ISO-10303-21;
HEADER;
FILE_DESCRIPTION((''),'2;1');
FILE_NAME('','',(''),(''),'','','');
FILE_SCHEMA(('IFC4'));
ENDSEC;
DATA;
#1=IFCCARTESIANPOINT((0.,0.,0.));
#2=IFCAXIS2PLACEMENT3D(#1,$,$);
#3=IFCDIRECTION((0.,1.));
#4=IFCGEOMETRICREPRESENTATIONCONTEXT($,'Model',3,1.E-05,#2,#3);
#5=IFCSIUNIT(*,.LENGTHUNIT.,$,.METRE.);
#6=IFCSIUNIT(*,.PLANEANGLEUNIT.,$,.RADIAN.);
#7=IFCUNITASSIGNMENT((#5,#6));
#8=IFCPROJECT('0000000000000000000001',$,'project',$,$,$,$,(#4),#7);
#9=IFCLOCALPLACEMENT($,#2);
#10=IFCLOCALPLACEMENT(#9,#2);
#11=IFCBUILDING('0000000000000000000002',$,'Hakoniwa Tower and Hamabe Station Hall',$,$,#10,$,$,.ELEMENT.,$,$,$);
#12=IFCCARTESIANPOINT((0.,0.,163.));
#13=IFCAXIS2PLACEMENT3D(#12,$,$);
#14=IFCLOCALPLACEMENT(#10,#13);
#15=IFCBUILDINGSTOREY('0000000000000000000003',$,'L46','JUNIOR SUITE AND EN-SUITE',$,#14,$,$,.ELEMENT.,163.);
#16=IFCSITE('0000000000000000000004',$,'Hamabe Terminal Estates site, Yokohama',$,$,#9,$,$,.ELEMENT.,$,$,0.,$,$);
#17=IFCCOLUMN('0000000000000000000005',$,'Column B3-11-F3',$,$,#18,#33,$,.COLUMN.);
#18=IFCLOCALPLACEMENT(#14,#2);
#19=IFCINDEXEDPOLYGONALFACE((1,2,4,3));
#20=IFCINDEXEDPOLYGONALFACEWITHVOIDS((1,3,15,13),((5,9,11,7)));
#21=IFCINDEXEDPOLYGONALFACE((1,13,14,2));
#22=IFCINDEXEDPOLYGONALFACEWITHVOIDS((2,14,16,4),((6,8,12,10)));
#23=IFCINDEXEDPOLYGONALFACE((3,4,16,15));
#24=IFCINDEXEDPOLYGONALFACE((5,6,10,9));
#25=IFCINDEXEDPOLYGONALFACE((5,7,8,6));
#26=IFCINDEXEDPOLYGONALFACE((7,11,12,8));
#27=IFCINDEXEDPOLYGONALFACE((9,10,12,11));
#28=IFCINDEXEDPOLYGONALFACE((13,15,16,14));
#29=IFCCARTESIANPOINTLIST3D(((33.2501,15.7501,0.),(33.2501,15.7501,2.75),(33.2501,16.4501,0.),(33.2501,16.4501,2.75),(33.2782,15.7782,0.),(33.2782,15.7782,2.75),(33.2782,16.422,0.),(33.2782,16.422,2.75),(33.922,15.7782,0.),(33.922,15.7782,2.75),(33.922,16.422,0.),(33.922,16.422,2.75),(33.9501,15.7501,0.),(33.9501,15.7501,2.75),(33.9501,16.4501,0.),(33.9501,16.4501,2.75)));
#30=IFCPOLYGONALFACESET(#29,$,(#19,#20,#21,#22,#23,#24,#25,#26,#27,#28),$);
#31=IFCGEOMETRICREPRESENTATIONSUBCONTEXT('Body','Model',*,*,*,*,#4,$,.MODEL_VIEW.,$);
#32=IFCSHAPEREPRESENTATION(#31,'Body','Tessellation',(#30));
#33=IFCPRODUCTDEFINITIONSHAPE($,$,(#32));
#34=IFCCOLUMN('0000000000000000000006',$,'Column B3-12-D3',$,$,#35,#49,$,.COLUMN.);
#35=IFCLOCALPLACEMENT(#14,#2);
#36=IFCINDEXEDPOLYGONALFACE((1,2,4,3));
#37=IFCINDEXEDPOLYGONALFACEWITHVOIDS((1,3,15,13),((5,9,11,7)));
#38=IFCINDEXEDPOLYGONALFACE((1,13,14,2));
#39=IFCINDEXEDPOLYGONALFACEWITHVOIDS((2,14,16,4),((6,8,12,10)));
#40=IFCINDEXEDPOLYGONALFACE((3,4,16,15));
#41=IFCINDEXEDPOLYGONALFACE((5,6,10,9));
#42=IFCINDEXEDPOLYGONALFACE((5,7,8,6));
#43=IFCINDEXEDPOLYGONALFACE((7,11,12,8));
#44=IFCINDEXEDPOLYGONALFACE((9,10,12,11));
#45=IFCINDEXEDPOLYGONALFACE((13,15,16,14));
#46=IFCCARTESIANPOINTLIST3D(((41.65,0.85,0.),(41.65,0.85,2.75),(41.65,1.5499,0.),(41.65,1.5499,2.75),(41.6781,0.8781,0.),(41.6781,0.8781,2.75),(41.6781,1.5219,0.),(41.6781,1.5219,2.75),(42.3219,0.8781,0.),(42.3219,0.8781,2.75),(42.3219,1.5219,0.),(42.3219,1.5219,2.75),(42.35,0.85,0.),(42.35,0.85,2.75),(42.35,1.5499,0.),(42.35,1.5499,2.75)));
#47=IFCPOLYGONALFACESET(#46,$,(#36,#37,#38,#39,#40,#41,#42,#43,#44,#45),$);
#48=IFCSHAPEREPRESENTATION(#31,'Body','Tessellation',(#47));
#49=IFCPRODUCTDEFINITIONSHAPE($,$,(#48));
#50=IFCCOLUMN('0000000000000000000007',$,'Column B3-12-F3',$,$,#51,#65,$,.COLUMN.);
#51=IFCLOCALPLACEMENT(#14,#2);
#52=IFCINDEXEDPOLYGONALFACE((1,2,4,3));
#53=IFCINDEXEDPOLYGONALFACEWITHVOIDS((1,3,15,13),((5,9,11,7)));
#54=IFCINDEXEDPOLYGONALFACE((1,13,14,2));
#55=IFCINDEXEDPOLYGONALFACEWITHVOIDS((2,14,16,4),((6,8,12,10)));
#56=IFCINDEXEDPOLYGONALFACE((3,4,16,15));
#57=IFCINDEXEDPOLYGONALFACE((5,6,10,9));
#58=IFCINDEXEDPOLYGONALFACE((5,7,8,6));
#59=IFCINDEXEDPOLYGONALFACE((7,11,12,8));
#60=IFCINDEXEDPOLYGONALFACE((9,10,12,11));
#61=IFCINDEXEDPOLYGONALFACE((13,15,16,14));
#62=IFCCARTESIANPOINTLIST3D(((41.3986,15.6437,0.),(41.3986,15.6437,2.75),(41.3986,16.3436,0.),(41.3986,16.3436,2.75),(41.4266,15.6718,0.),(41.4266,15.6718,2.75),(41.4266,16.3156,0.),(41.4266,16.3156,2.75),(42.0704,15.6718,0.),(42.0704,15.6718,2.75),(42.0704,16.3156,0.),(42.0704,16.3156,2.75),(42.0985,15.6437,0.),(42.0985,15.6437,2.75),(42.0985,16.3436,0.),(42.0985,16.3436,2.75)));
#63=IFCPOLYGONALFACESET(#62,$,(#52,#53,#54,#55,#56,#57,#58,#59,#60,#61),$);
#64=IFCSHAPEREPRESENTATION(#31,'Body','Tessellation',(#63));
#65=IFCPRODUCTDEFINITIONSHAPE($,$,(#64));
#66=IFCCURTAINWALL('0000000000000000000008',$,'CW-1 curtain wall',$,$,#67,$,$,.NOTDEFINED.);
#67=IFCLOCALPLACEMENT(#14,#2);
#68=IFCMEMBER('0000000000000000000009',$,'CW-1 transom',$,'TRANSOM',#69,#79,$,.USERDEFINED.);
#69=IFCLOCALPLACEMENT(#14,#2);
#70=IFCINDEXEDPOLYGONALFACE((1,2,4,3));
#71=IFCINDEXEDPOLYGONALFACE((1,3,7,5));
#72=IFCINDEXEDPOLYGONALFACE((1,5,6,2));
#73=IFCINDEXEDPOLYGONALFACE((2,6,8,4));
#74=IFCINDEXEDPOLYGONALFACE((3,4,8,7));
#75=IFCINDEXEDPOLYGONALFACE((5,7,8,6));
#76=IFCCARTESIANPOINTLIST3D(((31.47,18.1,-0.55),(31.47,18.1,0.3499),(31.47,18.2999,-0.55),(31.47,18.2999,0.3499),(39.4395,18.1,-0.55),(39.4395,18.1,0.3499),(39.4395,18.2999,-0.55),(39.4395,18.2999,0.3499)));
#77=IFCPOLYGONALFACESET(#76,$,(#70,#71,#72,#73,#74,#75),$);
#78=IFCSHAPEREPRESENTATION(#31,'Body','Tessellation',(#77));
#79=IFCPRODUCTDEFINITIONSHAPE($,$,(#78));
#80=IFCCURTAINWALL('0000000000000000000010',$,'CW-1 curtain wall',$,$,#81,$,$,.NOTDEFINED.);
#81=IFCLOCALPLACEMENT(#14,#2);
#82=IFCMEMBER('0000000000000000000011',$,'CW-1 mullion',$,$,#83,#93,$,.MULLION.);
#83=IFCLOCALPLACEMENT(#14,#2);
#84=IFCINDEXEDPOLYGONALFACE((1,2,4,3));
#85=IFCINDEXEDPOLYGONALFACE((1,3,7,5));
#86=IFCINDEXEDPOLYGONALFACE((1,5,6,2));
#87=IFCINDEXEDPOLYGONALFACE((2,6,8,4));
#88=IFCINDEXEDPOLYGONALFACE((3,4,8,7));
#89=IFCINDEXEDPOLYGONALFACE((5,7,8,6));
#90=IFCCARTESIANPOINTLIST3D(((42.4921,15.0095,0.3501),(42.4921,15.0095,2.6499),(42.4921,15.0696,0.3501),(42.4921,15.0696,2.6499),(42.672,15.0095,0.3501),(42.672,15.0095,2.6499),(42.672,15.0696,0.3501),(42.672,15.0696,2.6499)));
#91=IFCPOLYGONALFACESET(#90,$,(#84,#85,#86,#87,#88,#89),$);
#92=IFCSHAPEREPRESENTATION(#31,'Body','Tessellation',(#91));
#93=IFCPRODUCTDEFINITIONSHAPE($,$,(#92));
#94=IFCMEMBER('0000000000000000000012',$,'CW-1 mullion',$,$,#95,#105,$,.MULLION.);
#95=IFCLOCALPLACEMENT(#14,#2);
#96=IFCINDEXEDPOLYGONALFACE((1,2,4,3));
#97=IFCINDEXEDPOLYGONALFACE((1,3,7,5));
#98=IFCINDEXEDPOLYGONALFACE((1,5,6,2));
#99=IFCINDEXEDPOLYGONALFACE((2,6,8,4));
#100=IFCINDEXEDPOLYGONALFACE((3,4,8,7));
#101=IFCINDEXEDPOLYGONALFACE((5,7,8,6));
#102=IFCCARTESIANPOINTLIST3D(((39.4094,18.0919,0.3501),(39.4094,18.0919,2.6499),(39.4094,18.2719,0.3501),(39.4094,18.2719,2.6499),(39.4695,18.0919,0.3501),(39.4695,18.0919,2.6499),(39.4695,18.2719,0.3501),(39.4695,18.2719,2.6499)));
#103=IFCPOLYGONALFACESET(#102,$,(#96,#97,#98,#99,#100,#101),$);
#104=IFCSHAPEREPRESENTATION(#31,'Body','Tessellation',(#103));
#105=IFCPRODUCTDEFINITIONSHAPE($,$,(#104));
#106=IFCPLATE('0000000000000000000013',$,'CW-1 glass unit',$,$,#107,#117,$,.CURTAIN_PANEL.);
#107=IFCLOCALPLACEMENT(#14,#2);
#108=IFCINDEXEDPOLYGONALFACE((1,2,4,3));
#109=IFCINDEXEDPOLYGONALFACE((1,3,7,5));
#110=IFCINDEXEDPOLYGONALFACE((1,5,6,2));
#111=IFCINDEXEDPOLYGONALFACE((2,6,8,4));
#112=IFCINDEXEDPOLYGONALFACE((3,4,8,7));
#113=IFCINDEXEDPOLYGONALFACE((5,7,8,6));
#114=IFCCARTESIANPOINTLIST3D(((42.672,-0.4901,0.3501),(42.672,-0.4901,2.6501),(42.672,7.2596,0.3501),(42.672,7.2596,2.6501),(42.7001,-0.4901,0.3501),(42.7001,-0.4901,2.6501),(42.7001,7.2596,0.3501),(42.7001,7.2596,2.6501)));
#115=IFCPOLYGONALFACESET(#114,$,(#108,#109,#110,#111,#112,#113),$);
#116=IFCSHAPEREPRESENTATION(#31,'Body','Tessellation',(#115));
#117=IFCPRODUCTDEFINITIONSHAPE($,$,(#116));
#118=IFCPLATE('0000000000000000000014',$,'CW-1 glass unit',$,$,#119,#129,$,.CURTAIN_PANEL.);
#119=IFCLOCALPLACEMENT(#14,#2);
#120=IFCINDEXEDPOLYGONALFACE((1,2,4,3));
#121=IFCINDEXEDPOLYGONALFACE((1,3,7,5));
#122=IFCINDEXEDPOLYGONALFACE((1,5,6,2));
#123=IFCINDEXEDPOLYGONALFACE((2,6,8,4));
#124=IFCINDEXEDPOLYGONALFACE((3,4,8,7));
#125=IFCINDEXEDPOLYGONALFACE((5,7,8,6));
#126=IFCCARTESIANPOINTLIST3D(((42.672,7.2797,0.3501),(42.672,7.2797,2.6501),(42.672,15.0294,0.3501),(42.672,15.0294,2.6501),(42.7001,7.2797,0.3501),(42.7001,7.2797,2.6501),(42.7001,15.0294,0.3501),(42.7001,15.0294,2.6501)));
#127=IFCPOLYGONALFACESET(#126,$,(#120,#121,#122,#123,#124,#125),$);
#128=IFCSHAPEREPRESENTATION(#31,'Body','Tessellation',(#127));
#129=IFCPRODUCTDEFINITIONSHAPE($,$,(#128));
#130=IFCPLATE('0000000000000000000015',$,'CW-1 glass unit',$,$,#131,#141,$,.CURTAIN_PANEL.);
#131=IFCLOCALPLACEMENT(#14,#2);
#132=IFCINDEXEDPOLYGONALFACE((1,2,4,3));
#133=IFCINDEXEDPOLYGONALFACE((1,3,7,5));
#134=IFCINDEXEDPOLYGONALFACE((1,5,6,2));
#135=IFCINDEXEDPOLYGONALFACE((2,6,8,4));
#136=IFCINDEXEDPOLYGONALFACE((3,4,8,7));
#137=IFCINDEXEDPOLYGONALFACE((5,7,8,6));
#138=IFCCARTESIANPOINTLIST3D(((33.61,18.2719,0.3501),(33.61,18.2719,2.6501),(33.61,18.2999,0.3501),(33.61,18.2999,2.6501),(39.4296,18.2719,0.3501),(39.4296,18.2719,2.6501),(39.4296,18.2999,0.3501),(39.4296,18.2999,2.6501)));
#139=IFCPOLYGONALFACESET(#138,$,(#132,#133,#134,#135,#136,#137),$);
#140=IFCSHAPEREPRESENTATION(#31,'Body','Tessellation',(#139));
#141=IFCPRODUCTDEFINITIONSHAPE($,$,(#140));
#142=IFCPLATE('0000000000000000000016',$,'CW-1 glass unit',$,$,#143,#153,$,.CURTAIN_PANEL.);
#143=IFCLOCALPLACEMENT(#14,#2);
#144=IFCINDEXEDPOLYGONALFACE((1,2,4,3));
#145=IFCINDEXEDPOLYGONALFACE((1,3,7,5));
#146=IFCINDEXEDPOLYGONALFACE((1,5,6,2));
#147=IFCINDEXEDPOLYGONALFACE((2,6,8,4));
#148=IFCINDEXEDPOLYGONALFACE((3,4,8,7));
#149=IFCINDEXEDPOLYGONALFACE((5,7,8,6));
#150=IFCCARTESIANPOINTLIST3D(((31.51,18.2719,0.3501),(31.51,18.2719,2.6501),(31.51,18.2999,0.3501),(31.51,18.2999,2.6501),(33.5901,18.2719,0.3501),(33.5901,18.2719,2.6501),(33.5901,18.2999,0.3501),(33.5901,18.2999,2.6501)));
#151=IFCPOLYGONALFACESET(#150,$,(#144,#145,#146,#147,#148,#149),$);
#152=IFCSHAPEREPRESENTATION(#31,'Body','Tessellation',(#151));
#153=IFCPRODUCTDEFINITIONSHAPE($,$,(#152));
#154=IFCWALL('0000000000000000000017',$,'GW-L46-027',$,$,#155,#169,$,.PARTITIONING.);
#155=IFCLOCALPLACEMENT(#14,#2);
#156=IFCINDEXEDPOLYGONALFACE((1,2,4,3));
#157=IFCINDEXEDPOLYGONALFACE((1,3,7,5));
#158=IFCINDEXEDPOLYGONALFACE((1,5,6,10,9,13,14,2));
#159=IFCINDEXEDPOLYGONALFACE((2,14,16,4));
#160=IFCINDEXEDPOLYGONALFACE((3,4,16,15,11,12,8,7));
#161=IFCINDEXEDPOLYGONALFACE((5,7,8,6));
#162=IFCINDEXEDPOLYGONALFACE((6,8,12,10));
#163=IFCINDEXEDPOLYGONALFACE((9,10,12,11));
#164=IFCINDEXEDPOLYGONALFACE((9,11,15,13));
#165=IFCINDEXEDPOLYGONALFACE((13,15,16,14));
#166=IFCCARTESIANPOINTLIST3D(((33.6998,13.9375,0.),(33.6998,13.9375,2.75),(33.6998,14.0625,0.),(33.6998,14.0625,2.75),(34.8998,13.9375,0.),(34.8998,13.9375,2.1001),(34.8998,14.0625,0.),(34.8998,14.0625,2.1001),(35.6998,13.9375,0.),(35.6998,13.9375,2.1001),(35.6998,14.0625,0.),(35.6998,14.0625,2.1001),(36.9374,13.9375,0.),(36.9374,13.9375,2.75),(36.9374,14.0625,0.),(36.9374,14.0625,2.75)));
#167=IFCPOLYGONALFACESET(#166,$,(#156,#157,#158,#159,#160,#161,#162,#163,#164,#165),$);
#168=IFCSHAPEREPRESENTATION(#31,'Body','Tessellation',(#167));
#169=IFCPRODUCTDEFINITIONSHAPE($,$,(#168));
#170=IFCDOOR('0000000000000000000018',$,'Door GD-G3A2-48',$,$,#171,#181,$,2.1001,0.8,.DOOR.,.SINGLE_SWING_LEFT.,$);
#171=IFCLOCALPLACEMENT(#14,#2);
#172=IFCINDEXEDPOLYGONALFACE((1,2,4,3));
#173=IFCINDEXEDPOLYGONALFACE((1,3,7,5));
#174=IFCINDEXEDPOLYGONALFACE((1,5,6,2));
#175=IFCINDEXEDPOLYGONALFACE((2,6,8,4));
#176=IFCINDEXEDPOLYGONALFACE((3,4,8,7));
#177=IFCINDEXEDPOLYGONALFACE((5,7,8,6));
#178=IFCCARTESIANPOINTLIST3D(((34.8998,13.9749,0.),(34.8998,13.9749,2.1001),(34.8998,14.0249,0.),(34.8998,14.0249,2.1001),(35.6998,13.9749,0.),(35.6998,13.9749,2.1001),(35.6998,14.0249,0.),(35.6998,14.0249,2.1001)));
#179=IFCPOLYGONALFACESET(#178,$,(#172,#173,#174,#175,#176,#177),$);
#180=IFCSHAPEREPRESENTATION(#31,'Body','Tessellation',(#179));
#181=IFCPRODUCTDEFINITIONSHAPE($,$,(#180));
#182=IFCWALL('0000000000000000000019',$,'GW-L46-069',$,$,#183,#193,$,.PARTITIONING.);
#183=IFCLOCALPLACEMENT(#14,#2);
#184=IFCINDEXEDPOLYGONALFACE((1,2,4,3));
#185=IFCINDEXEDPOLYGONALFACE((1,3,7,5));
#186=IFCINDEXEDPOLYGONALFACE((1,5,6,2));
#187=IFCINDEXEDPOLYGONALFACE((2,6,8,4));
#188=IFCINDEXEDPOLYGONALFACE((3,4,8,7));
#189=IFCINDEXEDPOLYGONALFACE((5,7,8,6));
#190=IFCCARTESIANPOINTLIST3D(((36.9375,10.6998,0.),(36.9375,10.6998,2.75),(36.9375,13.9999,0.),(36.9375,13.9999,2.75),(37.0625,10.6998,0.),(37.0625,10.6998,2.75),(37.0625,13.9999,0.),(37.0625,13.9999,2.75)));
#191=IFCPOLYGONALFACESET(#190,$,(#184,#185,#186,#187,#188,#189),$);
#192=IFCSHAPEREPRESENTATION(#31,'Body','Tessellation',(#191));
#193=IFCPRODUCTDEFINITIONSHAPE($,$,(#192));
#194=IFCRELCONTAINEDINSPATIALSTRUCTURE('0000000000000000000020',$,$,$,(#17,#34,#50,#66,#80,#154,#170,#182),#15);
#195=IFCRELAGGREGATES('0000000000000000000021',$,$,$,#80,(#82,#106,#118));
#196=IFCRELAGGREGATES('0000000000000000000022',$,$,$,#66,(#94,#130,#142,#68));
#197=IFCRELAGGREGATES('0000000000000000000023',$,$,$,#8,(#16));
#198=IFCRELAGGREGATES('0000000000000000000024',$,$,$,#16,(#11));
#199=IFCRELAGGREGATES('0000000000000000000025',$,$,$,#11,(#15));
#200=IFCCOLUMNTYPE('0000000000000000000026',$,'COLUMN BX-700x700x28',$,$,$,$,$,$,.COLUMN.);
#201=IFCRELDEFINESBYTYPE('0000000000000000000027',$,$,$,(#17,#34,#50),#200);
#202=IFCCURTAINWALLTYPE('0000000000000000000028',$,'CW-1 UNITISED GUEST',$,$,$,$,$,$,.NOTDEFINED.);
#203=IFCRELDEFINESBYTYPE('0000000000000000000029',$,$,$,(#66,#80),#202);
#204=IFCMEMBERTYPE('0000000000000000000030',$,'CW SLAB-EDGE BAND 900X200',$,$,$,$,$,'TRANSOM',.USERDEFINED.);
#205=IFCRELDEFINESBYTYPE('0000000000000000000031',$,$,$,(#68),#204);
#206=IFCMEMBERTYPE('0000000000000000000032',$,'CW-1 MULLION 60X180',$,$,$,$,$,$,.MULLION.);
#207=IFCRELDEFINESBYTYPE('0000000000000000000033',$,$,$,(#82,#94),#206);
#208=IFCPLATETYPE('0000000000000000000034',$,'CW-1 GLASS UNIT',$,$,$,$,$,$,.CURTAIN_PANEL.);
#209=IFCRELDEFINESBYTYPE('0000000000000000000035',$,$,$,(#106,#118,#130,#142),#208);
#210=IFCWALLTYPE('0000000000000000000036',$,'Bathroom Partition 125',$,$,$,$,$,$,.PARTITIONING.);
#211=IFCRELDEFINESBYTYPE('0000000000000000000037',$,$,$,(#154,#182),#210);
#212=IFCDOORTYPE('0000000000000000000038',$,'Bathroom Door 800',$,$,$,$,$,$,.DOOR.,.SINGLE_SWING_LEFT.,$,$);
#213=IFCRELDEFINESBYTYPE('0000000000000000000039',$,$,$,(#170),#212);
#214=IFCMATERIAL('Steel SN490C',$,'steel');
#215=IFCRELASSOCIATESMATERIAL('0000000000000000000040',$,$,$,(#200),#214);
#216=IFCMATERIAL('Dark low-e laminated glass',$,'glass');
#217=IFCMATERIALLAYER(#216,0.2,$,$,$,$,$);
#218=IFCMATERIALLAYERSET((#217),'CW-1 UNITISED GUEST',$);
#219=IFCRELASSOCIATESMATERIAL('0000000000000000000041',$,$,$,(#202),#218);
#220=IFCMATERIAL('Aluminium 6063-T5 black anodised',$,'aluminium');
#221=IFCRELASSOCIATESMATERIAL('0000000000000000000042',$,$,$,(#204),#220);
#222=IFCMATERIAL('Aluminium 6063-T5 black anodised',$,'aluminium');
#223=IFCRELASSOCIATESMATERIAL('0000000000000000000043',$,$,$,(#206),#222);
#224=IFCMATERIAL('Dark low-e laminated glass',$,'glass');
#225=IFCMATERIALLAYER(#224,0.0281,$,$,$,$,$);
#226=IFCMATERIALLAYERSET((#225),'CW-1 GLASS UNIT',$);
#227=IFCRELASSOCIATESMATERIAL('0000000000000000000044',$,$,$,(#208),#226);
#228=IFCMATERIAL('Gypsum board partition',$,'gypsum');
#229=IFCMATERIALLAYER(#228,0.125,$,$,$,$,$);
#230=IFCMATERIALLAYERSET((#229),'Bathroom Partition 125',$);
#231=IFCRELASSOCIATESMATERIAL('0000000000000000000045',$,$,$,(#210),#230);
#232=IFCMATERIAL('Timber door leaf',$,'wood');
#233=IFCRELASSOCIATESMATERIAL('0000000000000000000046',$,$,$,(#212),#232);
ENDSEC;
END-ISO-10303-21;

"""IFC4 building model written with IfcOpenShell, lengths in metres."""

from ifc_helpers import new_model, si_unit, direction, frame, frame_2d, origin, origin_2d, place, context, subcontext, project, spatial, rectangle, hollow_rectangle, extrude, material, layer, layer_set, material_profile, profile_set, type_object, element, fill, aggregate, save


model = new_model("IFC4")

# Units and contexts
model_context = context("Model", 3, precision=1e-05, world=origin(), true_north=direction((0.0, 1.0)))
body_context = subcontext(model_context, "Body", "Model", "MODEL_VIEW")
ifc_project = project(units=[si_unit("LENGTHUNIT", "METRE"), si_unit("PLANEANGLEUNIT", "RADIAN")], contexts=[model_context])

# Site, building, storey
site_placement = place(None, origin())
site = spatial("IfcSite", under=ifc_project, at=site_placement, Name="Hamabe Terminal Estates site, Yokohama", CompositionType="ELEMENT", RefElevation=0.0)
building_placement = place(site_placement, origin())
building = spatial("IfcBuilding", under=site, at=building_placement, Name="Hakoniwa Tower and Hamabe Station Hall", CompositionType="ELEMENT")
storey_placement = place(building_placement, frame((0.0, 0.0, 163.0)))
storey = spatial("IfcBuildingStorey", under=building, at=storey_placement, Name="L46", Description="JUNIOR SUITE AND EN-SUITE", CompositionType="ELEMENT", Elevation=163.0)

# Columns
ifc_material_1 = material(Name="Steel SN490C", Category="steel")
ifc_material_profile_1 = material_profile(ifc_material_1, hollow_rectangle(XDim=0.7, YDim=0.7, WallThickness=0.0281, at=origin_2d()), Name="BX-700x700x28")
ifc_profile_set_1 = profile_set([ifc_material_profile_1], Name="Steel SN490C")
column_type = type_object("IfcColumnType", Name="COLUMN BX-700x700x28", PredefinedType="COLUMN", material=ifc_profile_set_1)
for number, where, z_axis, x_axis, name in (
    (1, (33.6001, 16.1001, 0.0), (0.0, 0.0, 1.0), (1.0, 0.0, 0.0), "Column B3-11-F3"),
    (2, (42.0, 1.2, 0.0), (0.0, 0.0, 1.0), (1.0, 0.0, 0.0), "Column B3-12-D3"),
    (3, (41.7485, 15.9937, 0.0), (0.0, 0.0, 1.0), (1.0, 0.0, 0.0), "Column B3-12-F3"),
):
    element("IfcColumn", number, at=place(storey_placement, frame(where, z_axis=z_axis, x_axis=x_axis)), inside=storey, type_object=column_type, Name=name, PredefinedType="COLUMN", context=body_context, shape_type="SweptSolid", body=[
        extrude(hollow_rectangle(XDim=0.7, YDim=0.7, WallThickness=0.0281, at=origin_2d()), origin(), (0.0, 0.0, 1.0), 2.75),
    ])

# Curtain walls, members
ifc_material_2 = material(Name="Dark low-e laminated glass", Category="glass")
ifc_layer_1 = layer(ifc_material_2, 0.2)
ifc_layer_set_1 = layer_set([ifc_layer_1], Name="CW-1 UNITISED GUEST")
curtain_wall_type = type_object("IfcCurtainWallType", Name="CW-1 UNITISED GUEST", PredefinedType="NOTDEFINED", material=ifc_layer_set_1)
curtain_wall_1_placement = place(storey_placement, origin())
curtain_wall_1 = element("IfcCurtainWall", 4, at=curtain_wall_1_placement, inside=storey, type_object=curtain_wall_type, Name="CW-1 curtain wall", PredefinedType="NOTDEFINED")
ifc_material_3 = material(Name="Aluminium 6063-T5 black anodised", Category="aluminium")
ifc_material_profile_2 = material_profile(ifc_material_3, rectangle(XDim=0.2, YDim=0.8999, at=origin_2d()), Name="CW SLAB-EDGE BAND 900X200")
ifc_profile_set_2 = profile_set([ifc_material_profile_2], Name="Aluminium 6063-T5 black anodised")
member_type_1 = type_object("IfcMemberType", Name="CW SLAB-EDGE BAND 900X200", ElementType="TRANSOM", PredefinedType="USERDEFINED", material=ifc_profile_set_2)
member_1_placement = place(storey_placement, frame((39.4395, 18.2, -0.1001), z_axis=(-1.0, 0.0, 0.0), x_axis=(0.0, -1.0, 0.0)))
member_1 = element("IfcMember", 5, at=member_1_placement, type_object=member_type_1, Name="CW-1 transom", ObjectType="TRANSOM", PredefinedType="USERDEFINED", context=body_context, shape_type="SweptSolid", body=[
    extrude(rectangle(XDim=0.2, YDim=0.8999, at=origin_2d()), origin(), (0.0, 0.0, 1.0), 7.9695),
])
curtain_wall_2_placement = place(storey_placement, origin())
curtain_wall_2 = element("IfcCurtainWall", 6, at=curtain_wall_2_placement, inside=storey, type_object=curtain_wall_type, Name="CW-1 curtain wall", PredefinedType="NOTDEFINED")
ifc_material_4 = material(Name="Aluminium 6063-T5 black anodised", Category="aluminium")
ifc_material_profile_3 = material_profile(ifc_material_4, rectangle(XDim=0.0601, YDim=0.1799, at=origin_2d()), Name="CW-1 MULLION 60X180")
ifc_profile_set_3 = profile_set([ifc_material_profile_3], Name="Aluminium 6063-T5 black anodised")
member_type_2 = type_object("IfcMemberType", Name="CW-1 MULLION 60X180", PredefinedType="MULLION", material=ifc_profile_set_3)
member_2_placement = place(storey_placement, frame((42.582, 15.0396, 0.3501), z_axis=(0.0, 0.0, 1.0), x_axis=(0.0, 1.0, 0.0)))
member_2 = element("IfcMember", 7, at=member_2_placement, type_object=member_type_2, Name="CW-1 mullion", PredefinedType="MULLION", context=body_context, shape_type="SweptSolid", body=[
    extrude(rectangle(XDim=0.0601, YDim=0.1799, at=origin_2d()), origin(), (0.0, 0.0, 1.0), 2.2998),
])

# Member
member_3_placement = place(storey_placement, frame((39.4395, 18.1819, 0.3501), z_axis=(0.0, 0.0, 1.0), x_axis=(-1.0, 0.0, 0.0)))
member_3 = element("IfcMember", 8, at=member_3_placement, type_object=member_type_2, Name="CW-1 mullion", PredefinedType="MULLION", context=body_context, shape_type="SweptSolid", body=[
    extrude(rectangle(XDim=0.0601, YDim=0.1799, at=origin_2d()), origin(), (0.0, 0.0, 1.0), 2.2998),
])

# Plates
ifc_material_5 = material(Name="Dark low-e laminated glass", Category="glass")
ifc_layer_2 = layer(ifc_material_5, 0.0281)
ifc_layer_set_2 = layer_set([ifc_layer_2], Name="CW-1 GLASS UNIT")
plate_type = type_object("IfcPlateType", Name="CW-1 GLASS UNIT", PredefinedType="CURTAIN_PANEL", material=ifc_layer_set_2)
plate_1_placement = place(storey_placement, frame((42.686, 3.3848, 0.3501), z_axis=(0.0, 0.0, 1.0), x_axis=(0.0, 1.0, 0.0)))
plate_1 = element("IfcPlate", 9, at=plate_1_placement, type_object=plate_type, Name="CW-1 glass unit", PredefinedType="CURTAIN_PANEL", context=body_context, shape_type="SweptSolid", body=[
    extrude(rectangle(XDim=7.7498, YDim=0.0281, at=origin_2d()), origin(), (0.0, 0.0, 1.0), 2.3),
])
plate_2_placement = place(storey_placement, frame((42.686, 11.1545, 0.3501), z_axis=(0.0, 0.0, 1.0), x_axis=(0.0, 1.0, 0.0)))
plate_2 = element("IfcPlate", 10, at=plate_2_placement, type_object=plate_type, Name="CW-1 glass unit", PredefinedType="CURTAIN_PANEL", context=body_context, shape_type="SweptSolid", body=[
    extrude(rectangle(XDim=7.7498, YDim=0.0281, at=origin_2d()), origin(), (0.0, 0.0, 1.0), 2.3),
])
aggregate(curtain_wall_2, [member_2, plate_1, plate_2])
plate_3_placement = place(storey_placement, frame((36.5198, 18.2859, 0.3501), z_axis=(0.0, 0.0, 1.0), x_axis=(-1.0, 0.0, 0.0)))
plate_3 = element("IfcPlate", 11, at=plate_3_placement, type_object=plate_type, Name="CW-1 glass unit", PredefinedType="CURTAIN_PANEL", context=body_context, shape_type="SweptSolid", body=[
    extrude(rectangle(XDim=5.8196, YDim=0.0281, at=origin_2d()), origin(), (0.0, 0.0, 1.0), 2.3),
])
plate_4_placement = place(storey_placement, frame((32.55, 18.2859, 0.3501), z_axis=(0.0, 0.0, 1.0), x_axis=(-1.0, 0.0, 0.0)))
plate_4 = element("IfcPlate", 12, at=plate_4_placement, type_object=plate_type, Name="CW-1 glass unit", PredefinedType="CURTAIN_PANEL", context=body_context, shape_type="SweptSolid", body=[
    extrude(rectangle(XDim=2.0801, YDim=0.0281, at=origin_2d()), origin(), (0.0, 0.0, 1.0), 2.3),
])

# Wall, opening, door
ifc_material_6 = material(Name="Gypsum board partition", Category="gypsum")
ifc_layer_3 = layer(ifc_material_6, 0.125)
ifc_layer_set_3 = layer_set([ifc_layer_3], Name="Bathroom Partition 125")
wall_type_1 = type_object("IfcWallType", Name="Bathroom Partition 125", PredefinedType="PARTITIONING", material=ifc_layer_set_3)
wall_1_placement = place(storey_placement, frame((33.7, 14.0, 0.0), z_axis=(0.0, 0.0, 1.0), x_axis=(1.0, 0.0, 0.0)))
wall_1 = element("IfcWall", 13, at=wall_1_placement, inside=storey, type_object=wall_type_1, Name="GW-L46-027", PredefinedType="PARTITIONING", context=body_context, shape_type="SweptSolid", body=[
    extrude(rectangle(XDim=3.2375, YDim=0.125, at=frame_2d((1.6187, 0.0))), origin(), (0.0, 0.0, 1.0), 2.75),
])
opening_1_placement = place(wall_1_placement, frame((1.2, 0.0, 0.0)))
opening_1 = element("IfcOpeningElement", 14, at=opening_1_placement, cuts=wall_1, PredefinedType="OPENING", context=body_context, shape_type="SweptSolid", body=[
    extrude(rectangle(XDim=0.8, YDim=2.1001, at=frame_2d((0.3999, 1.05))), frame((0.0, 0.0725, 0.0), z_axis=(0.0, -1.0, 0.0), x_axis=(1.0, 0.0, 0.0)), (0.0, 0.0, 1.0), 0.145),
])
ifc_material_7 = material(Name="Timber door leaf", Category="wood")
door_type_1 = type_object("IfcDoorType", Name="Bathroom Door 800", OperationType="SINGLE_SWING_LEFT", PredefinedType="DOOR", material=ifc_material_7)
door_1_placement = place(opening_1_placement, origin())
door_1 = element("IfcDoor", 15, at=door_1_placement, inside=storey, type_object=door_type_1, Name="Door GD-G3A2-48", OperationType="SINGLE_SWING_LEFT", OverallHeight=2.1001, OverallWidth=0.8, PredefinedType="DOOR", context=body_context, shape_type="SweptSolid", body=[
    extrude(rectangle(XDim=0.8, YDim=2.1001, at=frame_2d((0.3999, 1.05))), frame((0.0, 0.0249, 0.0), z_axis=(0.0, -1.0, 0.0), x_axis=(1.0, 0.0, 0.0)), (0.0, 0.0, 1.0), 0.05),
])
fill(opening_1, door_1)

# Wall
wall_2_placement = place(storey_placement, frame((37.0, 10.7, 0.0), z_axis=(0.0, 0.0, 1.0), x_axis=(0.0, 1.0, 0.0)))
element("IfcWall", 16, at=wall_2_placement, inside=storey, type_object=wall_type_1, Name="GW-L46-069", PredefinedType="PARTITIONING", context=body_context, shape_type="SweptSolid", body=[
    extrude(rectangle(XDim=3.3, YDim=0.125, at=frame_2d((1.6499, 0.0))), origin(), (0.0, 0.0, 1.0), 2.75),
])

aggregate(curtain_wall_1, [member_3, plate_3, plate_4, member_1])

save(model, "model.ifc")
